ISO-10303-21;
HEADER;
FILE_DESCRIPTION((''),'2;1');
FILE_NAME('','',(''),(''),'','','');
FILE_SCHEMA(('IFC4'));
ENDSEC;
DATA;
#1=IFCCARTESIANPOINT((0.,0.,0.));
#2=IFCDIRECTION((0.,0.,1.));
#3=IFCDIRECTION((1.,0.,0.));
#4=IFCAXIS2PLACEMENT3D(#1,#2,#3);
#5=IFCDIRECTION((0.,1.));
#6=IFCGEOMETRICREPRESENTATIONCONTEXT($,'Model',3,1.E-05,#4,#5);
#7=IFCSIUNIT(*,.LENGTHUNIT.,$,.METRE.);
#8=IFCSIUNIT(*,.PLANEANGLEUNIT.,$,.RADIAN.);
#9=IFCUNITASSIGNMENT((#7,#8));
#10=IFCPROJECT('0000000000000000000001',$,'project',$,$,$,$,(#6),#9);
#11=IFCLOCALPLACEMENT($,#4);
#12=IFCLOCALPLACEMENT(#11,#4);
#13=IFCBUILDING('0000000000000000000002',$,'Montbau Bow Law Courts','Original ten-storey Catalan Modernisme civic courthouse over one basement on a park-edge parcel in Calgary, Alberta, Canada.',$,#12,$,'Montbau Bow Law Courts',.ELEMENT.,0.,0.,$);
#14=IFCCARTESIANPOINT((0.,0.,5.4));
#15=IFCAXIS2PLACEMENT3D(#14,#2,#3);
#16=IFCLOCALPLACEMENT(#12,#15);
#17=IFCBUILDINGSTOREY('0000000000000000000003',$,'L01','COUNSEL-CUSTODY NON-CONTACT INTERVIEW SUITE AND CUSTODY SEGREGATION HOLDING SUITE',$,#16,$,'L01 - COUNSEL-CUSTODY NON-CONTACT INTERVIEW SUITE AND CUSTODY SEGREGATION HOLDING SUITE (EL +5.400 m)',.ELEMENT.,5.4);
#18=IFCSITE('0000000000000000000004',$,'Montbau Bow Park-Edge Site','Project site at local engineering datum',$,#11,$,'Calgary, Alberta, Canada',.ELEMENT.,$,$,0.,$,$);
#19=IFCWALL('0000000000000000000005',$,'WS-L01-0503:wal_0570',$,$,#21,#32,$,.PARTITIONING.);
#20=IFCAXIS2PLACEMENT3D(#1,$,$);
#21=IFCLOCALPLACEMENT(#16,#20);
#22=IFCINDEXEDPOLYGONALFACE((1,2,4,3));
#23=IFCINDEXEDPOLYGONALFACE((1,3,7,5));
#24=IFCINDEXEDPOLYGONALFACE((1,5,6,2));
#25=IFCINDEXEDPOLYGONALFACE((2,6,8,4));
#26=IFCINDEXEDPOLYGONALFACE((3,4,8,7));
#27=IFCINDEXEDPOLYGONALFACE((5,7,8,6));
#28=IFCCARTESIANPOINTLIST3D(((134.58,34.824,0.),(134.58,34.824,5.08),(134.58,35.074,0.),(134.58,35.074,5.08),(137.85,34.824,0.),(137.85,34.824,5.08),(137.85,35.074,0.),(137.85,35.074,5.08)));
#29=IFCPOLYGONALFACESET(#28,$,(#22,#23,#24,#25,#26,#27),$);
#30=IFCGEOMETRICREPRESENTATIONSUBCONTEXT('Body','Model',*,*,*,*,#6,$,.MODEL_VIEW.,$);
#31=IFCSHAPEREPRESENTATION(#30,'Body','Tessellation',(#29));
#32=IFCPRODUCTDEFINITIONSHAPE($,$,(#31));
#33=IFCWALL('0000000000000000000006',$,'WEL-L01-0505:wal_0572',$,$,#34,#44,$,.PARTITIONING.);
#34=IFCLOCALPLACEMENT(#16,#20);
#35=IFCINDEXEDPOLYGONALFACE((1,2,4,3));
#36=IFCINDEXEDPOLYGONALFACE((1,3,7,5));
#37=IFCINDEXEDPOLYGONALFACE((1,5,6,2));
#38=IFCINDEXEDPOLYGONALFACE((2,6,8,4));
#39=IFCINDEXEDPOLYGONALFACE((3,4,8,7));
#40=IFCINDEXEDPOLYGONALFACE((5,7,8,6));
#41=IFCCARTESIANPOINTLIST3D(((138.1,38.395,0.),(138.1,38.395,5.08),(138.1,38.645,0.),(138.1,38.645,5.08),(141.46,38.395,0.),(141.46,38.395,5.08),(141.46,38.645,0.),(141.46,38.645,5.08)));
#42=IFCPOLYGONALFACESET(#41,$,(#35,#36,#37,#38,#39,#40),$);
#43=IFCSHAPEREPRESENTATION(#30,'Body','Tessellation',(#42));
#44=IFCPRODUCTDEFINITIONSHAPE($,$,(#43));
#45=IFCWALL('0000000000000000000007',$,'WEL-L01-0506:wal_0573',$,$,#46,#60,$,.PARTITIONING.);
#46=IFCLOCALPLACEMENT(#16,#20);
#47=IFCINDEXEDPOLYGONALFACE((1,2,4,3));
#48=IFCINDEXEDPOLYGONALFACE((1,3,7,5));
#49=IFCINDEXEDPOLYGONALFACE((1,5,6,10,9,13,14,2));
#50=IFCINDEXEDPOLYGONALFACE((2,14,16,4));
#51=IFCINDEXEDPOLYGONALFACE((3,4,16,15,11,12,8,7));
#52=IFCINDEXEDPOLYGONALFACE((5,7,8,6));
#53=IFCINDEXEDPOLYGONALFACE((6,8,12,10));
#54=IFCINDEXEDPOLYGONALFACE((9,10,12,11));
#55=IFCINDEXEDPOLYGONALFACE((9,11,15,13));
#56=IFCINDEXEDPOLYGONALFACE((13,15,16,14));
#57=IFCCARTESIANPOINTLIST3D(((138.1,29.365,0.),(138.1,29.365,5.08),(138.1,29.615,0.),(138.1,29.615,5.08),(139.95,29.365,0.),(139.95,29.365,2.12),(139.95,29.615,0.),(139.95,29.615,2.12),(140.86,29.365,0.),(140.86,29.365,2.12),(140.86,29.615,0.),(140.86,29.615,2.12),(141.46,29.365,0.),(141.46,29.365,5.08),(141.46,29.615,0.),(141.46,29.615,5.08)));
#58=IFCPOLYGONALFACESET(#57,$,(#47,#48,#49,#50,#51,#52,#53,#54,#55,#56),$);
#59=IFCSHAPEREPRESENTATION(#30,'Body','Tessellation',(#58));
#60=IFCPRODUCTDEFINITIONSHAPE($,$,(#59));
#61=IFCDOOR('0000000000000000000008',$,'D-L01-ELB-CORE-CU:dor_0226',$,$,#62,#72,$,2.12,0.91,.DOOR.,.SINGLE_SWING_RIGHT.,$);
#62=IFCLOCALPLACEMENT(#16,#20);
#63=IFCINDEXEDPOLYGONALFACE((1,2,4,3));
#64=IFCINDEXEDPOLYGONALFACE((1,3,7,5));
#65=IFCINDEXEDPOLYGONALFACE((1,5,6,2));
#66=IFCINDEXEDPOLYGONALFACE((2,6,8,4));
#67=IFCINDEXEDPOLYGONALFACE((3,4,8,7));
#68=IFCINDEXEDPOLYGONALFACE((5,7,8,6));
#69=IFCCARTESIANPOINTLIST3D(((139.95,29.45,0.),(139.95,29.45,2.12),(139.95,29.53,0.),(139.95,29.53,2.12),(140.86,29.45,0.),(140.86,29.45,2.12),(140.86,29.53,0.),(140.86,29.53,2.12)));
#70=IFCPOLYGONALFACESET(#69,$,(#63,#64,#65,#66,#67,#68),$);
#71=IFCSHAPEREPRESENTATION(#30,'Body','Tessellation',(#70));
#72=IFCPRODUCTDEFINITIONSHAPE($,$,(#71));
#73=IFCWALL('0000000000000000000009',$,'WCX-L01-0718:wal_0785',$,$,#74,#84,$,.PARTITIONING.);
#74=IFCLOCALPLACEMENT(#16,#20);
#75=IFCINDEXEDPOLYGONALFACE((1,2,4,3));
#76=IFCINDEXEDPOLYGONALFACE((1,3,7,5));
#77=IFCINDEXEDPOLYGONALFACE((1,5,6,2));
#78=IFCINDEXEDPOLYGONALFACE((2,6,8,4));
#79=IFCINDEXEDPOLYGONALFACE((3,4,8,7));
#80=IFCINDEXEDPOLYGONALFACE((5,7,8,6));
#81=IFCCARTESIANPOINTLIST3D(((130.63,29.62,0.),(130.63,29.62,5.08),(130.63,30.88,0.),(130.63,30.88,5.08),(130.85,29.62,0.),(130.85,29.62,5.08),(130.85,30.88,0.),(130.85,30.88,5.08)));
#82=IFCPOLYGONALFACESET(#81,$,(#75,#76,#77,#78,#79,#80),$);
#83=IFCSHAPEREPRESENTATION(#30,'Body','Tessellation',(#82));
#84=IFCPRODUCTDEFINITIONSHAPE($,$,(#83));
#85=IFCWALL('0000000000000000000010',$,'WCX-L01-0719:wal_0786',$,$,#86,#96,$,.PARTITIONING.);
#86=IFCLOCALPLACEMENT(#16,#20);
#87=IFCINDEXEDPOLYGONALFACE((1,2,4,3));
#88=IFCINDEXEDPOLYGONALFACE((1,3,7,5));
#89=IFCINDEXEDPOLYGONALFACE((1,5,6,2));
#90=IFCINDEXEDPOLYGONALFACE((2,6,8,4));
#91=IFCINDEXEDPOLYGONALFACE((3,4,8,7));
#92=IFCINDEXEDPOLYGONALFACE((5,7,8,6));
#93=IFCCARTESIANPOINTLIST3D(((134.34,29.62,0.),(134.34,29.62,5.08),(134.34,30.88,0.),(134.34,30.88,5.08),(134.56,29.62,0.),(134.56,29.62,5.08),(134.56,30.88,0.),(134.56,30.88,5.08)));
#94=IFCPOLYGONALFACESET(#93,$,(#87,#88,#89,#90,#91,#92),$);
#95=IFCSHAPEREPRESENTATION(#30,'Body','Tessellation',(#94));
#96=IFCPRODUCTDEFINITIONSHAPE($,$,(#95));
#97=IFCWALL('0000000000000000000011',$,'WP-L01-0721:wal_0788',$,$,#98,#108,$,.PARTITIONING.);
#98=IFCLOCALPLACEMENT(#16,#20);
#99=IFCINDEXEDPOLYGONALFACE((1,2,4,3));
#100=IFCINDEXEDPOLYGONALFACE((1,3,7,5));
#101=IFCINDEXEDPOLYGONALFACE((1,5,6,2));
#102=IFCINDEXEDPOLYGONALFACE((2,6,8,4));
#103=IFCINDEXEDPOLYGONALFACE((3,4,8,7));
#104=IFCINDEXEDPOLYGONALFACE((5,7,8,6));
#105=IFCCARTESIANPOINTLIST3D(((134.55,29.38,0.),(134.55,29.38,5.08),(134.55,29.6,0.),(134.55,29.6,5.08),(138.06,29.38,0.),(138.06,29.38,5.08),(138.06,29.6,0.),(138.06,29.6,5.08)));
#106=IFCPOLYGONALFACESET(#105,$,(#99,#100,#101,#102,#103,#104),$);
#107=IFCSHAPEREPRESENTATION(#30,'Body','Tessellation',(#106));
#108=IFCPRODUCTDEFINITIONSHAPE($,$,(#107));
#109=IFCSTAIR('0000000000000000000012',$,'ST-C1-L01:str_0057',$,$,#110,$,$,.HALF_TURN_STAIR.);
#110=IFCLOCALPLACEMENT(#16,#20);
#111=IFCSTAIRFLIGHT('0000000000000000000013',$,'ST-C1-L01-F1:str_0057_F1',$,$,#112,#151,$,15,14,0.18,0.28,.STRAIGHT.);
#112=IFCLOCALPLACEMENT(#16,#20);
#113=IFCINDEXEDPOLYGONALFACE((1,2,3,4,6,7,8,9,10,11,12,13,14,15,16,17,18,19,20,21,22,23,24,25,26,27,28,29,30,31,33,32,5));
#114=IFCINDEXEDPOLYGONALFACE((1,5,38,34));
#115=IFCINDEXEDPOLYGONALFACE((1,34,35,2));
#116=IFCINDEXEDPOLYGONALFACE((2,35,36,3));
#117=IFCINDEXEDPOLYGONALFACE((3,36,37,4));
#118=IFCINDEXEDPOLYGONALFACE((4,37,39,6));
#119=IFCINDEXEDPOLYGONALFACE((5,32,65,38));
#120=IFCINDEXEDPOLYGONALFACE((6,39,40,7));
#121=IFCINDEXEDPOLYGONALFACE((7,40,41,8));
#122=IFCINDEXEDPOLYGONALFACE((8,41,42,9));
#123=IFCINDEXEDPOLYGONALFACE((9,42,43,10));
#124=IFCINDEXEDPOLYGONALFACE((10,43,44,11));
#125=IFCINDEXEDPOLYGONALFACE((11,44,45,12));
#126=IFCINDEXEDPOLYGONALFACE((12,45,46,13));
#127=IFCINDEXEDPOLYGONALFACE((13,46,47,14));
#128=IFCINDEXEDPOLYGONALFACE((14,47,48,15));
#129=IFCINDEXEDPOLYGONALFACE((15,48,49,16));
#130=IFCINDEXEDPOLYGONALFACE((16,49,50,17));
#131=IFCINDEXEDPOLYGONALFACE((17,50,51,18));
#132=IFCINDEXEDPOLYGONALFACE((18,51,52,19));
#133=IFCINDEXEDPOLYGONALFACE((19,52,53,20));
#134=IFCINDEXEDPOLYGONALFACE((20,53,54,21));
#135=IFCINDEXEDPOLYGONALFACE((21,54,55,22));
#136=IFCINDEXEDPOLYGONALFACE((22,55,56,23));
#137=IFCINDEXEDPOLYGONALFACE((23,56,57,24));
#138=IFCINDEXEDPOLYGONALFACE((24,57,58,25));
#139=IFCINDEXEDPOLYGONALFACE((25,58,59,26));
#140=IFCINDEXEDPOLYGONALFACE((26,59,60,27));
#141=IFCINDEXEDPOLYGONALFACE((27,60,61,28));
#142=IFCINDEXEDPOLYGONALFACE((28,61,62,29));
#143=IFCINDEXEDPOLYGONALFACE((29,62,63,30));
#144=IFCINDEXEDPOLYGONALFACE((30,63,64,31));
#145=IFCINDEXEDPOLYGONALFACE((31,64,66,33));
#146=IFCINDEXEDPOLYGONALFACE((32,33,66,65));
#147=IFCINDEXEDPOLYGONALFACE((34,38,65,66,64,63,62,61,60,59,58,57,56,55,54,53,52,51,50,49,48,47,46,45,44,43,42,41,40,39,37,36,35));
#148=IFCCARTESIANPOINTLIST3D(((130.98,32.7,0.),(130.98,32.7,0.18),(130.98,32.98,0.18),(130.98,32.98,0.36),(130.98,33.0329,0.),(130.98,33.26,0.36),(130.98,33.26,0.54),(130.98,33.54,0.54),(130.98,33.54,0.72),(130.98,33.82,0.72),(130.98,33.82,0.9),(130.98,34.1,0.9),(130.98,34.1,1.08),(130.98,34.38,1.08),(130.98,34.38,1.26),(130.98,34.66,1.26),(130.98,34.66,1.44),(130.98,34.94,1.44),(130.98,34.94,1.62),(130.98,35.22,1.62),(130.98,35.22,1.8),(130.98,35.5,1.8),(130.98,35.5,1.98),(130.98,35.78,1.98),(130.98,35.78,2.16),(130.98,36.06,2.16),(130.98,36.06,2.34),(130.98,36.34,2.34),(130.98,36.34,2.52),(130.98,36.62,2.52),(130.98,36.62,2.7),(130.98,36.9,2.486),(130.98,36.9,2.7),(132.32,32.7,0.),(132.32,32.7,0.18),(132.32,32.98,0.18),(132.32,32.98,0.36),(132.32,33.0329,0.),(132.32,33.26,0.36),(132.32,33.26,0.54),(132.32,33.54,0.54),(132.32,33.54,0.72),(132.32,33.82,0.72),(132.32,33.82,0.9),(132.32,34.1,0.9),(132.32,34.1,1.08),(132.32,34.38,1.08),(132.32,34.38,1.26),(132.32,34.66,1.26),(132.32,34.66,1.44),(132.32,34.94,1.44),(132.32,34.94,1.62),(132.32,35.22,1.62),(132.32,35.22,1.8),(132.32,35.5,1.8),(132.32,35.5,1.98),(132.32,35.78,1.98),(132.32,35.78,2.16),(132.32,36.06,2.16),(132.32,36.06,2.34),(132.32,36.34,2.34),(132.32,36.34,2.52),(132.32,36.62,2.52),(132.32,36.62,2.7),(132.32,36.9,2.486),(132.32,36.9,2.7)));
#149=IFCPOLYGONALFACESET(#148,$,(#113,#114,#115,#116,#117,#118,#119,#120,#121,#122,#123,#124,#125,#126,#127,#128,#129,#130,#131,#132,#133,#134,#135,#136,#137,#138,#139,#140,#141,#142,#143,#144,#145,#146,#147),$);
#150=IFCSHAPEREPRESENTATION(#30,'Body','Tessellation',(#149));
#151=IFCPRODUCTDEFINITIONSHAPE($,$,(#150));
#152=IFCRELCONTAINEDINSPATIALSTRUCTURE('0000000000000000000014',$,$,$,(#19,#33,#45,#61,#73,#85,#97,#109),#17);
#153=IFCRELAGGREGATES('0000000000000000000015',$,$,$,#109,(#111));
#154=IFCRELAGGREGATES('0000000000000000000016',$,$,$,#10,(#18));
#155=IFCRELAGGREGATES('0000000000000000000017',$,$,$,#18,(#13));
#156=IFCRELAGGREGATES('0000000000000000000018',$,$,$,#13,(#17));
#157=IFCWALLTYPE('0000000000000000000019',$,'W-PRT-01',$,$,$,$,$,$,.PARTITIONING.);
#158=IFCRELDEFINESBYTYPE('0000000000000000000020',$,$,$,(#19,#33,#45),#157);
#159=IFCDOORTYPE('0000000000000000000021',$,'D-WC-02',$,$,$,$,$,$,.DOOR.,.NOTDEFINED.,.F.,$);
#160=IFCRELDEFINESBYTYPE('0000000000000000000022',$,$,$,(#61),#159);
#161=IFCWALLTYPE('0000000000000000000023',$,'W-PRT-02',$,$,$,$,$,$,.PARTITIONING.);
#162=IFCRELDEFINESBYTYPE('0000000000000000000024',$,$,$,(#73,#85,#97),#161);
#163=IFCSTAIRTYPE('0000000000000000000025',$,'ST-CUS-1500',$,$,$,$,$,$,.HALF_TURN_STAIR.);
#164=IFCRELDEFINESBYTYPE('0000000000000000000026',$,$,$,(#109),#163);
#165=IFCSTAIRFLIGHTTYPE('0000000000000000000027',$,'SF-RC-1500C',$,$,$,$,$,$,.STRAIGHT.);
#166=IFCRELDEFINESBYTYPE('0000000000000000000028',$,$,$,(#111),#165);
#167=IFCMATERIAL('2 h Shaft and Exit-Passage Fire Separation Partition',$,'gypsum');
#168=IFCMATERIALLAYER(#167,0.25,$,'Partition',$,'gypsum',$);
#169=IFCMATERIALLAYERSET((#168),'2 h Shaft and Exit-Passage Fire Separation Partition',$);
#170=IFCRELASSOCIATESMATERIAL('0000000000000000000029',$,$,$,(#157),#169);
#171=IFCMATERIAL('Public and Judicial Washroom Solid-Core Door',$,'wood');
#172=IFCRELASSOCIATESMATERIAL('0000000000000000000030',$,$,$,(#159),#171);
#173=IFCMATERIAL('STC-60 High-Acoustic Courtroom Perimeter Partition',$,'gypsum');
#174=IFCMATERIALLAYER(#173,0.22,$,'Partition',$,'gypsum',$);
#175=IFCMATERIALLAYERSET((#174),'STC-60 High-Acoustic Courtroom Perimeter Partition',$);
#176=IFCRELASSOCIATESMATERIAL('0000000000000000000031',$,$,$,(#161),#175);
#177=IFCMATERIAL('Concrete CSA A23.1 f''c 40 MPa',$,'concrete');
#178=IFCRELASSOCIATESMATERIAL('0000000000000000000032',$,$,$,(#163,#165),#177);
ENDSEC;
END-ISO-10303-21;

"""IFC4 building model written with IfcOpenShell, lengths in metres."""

from ifc_helpers import new_model, si_unit, direction, frame, frame_2d, origin_with_axes, place, context, subcontext, project, spatial, polyline, rectangle, outline, extrude, material, layer, layer_set, type_object, element, fill, aggregate, save


model = new_model("IFC4")

# Units and contexts
model_context = context("Model", 3, precision=1e-05, world=origin_with_axes(), true_north=direction((0.0, 1.0)))
body_context = subcontext(model_context, "Body", "Model", "MODEL_VIEW")
ifc_project = project(units=[si_unit("LENGTHUNIT", "METRE"), si_unit("PLANEANGLEUNIT", "RADIAN")], contexts=[model_context])

# Site, building, storey
site_placement = place(None, origin_with_axes())
site = spatial("IfcSite", under=ifc_project, at=site_placement, Name="Montbau Bow Park-Edge Site", Description="Project site at local engineering datum", LongName="Calgary, Alberta, Canada", CompositionType="ELEMENT", RefElevation=0.0)
building_placement = place(site_placement, origin_with_axes())
building = spatial("IfcBuilding", under=site, at=building_placement, Name="Montbau Bow Law Courts", Description="Original ten-storey Catalan Modernisme civic courthouse over one basement on a park-edge parcel in Calgary, Alberta, Canada.", LongName="Montbau Bow Law Courts", CompositionType="ELEMENT", ElevationOfRefHeight=0.0, ElevationOfTerrain=0.0)
storey_placement = place(building_placement, frame((0.0, 0.0, 5.4), z_axis=(0.0, 0.0, 1.0), x_axis=(1.0, 0.0, 0.0)))
storey = spatial("IfcBuildingStorey", under=building, at=storey_placement, Name="L01", Description="COUNSEL-CUSTODY NON-CONTACT INTERVIEW SUITE AND CUSTODY SEGREGATION HOLDING SUITE", LongName="L01 - COUNSEL-CUSTODY NON-CONTACT INTERVIEW SUITE AND CUSTODY SEGREGATION HOLDING SUITE (EL +5.400 m)", CompositionType="ELEMENT", Elevation=5.4)

# Walls
ifc_material_1 = material(Name="2 h Shaft and Exit-Passage Fire Separation Partition", Category="gypsum")
ifc_layer_1 = layer(ifc_material_1, 0.25, Name="Partition", Category="gypsum")
ifc_layer_set_1 = layer_set([ifc_layer_1], Name="2 h Shaft and Exit-Passage Fire Separation Partition")
wall_type_1 = type_object("IfcWallType", Name="W-PRT-01", PredefinedType="PARTITIONING", material=ifc_layer_set_1)
wall_1_placement = place(None, frame((134.58, 34.949, 5.4), z_axis=(0.0, 0.0, 1.0), x_axis=(1.0, 0.0, 0.0)))
element("IfcWall", 1, at=wall_1_placement, inside=storey, type_object=wall_type_1, Name="WS-L01-0503:wal_0570", PredefinedType="PARTITIONING", context=body_context, shape_type="SweptSolid", body=[
    extrude(rectangle(XDim=3.27, YDim=0.25, at=frame_2d((1.635, 0.0), x_axis=(1.0, 0.0))), origin_with_axes(), (0.0, 0.0, 1.0), 5.08),
])
wall_2_placement = place(None, frame((138.1, 38.52, 5.4), z_axis=(0.0, 0.0, 1.0), x_axis=(1.0, 0.0, 0.0)))
element("IfcWall", 2, at=wall_2_placement, inside=storey, type_object=wall_type_1, Name="WEL-L01-0505:wal_0572", PredefinedType="PARTITIONING", context=body_context, shape_type="SweptSolid", body=[
    extrude(rectangle(XDim=3.36, YDim=0.25, at=frame_2d((1.68, 0.0), x_axis=(1.0, 0.0))), origin_with_axes(), (0.0, 0.0, 1.0), 5.08),
])

# Wall, opening, door
wall_3_placement = place(None, frame((138.1, 29.49, 5.4), z_axis=(0.0, 0.0, 1.0), x_axis=(1.0, 0.0, 0.0)))
wall_3 = element("IfcWall", 3, at=wall_3_placement, inside=storey, type_object=wall_type_1, Name="WEL-L01-0506:wal_0573", PredefinedType="PARTITIONING", context=body_context, shape_type="SweptSolid", body=[
    extrude(rectangle(XDim=3.36, YDim=0.25, at=frame_2d((1.68, 0.0), x_axis=(1.0, 0.0))), origin_with_axes(), (0.0, 0.0, 1.0), 5.08),
])
opening_1_placement = place(None, frame((140.405, 29.49, 5.4), z_axis=(0.0, 0.0, 1.0), x_axis=(1.0, 0.0, 0.0)))
opening_1 = element("IfcOpeningElement", 4, at=opening_1_placement, cuts=wall_3, PredefinedType="OPENING", context=body_context, shape_type="SweptSolid", body=[
    extrude(rectangle(XDim=0.91, YDim=2.12, at=frame_2d((0.0, 1.06), x_axis=(1.0, 0.0))), frame((0.0, 0.135, 0.0), z_axis=(0.0, -1.0, 0.0), x_axis=(1.0, 0.0, 0.0)), (0.0, 0.0, 1.0), 0.27),
])
ifc_material_2 = material(Name="Public and Judicial Washroom Solid-Core Door", Category="wood")
door_type_1 = type_object("IfcDoorType", Name="D-WC-02", OperationType="NOTDEFINED", ParameterTakesPrecedence=False, PredefinedType="DOOR", material=ifc_material_2)
door_1_placement = place(None, frame((140.405, 29.49, 5.4), z_axis=(0.0, 0.0, 1.0), x_axis=(1.0, 0.0, 0.0)))
door_1 = element("IfcDoor", 5, at=door_1_placement, inside=storey, type_object=door_type_1, Name="D-L01-ELB-CORE-CU:dor_0226", OperationType="SINGLE_SWING_RIGHT", OverallHeight=2.12, OverallWidth=0.91, PredefinedType="DOOR", context=body_context, shape_type="SweptSolid", body=[
    extrude(rectangle(XDim=0.91, YDim=2.12, at=frame_2d((0.0, 1.06), x_axis=(1.0, 0.0))), frame((0.0, 0.04, 0.0), z_axis=(0.0, -1.0, 0.0), x_axis=(1.0, 0.0, 0.0)), (0.0, 0.0, 1.0), 0.08),
])
fill(opening_1, door_1)

# Walls
ifc_material_3 = material(Name="STC-60 High-Acoustic Courtroom Perimeter Partition", Category="gypsum")
ifc_layer_2 = layer(ifc_material_3, 0.22, Name="Partition", Category="gypsum")
ifc_layer_set_2 = layer_set([ifc_layer_2], Name="STC-60 High-Acoustic Courtroom Perimeter Partition")
wall_type_2 = type_object("IfcWallType", Name="W-PRT-02", PredefinedType="PARTITIONING", material=ifc_layer_set_2)
for number, where, z_axis, x_axis, name in (
    (6, (130.74, 29.62, 5.4), (0.0, 0.0, 1.0), (0.0, 1.0, 0.0), "WCX-L01-0718:wal_0785"),
    (7, (134.45, 29.62, 5.4), (0.0, 0.0, 1.0), (0.0, 1.0, 0.0), "WCX-L01-0719:wal_0786"),
):
    element("IfcWall", number, at=place(None, frame(where, z_axis=z_axis, x_axis=x_axis)), inside=storey, type_object=wall_type_2, Name=name, PredefinedType="PARTITIONING", context=body_context, shape_type="SweptSolid", body=[
        extrude(rectangle(XDim=1.26, YDim=0.22, at=frame_2d((0.63, 0.0), x_axis=(1.0, 0.0))), origin_with_axes(), (0.0, 0.0, 1.0), 5.08),
    ])
wall_4_placement = place(None, frame((134.55, 29.49, 5.4), z_axis=(0.0, 0.0, 1.0), x_axis=(1.0, 0.0, 0.0)))
element("IfcWall", 8, at=wall_4_placement, inside=storey, type_object=wall_type_2, Name="WP-L01-0721:wal_0788", PredefinedType="PARTITIONING", context=body_context, shape_type="SweptSolid", body=[
    extrude(rectangle(XDim=3.51, YDim=0.22, at=frame_2d((1.755, 0.0), x_axis=(1.0, 0.0))), origin_with_axes(), (0.0, 0.0, 1.0), 5.08),
])

# Stair, stair flight
ifc_material_4 = material(Name="Concrete CSA A23.1 f'c 40 MPa", Category="concrete")
stair_type = type_object("IfcStairType", Name="ST-CUS-1500", PredefinedType="HALF_TURN_STAIR", material=ifc_material_4)
stair_placement = place(None, frame((131.65, 32.7, 5.4), z_axis=(0.0, 0.0, 1.0), x_axis=(1.0, 0.0, 0.0)))
stair = element("IfcStair", 9, at=stair_placement, inside=storey, type_object=stair_type, Name="ST-C1-L01:str_0057", PredefinedType="HALF_TURN_STAIR")
stair_flight_type = type_object("IfcStairFlightType", Name="SF-RC-1500C", PredefinedType="STRAIGHT", material=ifc_material_4)
stair_flight_1_placement = place(None, frame((131.65, 32.7, 5.4), z_axis=(0.0, 0.0, 1.0), x_axis=(0.0, 1.0, 0.0)))
stair_flight_1 = element("IfcStairFlight", 10, at=stair_flight_1_placement, type_object=stair_flight_type, Name="ST-C1-L01-F1:str_0057_F1", NumberOfRisers=15, NumberOfTreads=14, PredefinedType="STRAIGHT", RiserHeight=0.18, TreadLength=0.28, context=body_context, shape_type="SweptSolid", body=[
    extrude(outline(polyline([(0.0, 0.0), (0.0, 0.18), (0.28, 0.18), (0.28, 0.36), (0.56, 0.36), (0.56, 0.54), (0.84, 0.54), (0.84, 0.72), (1.12, 0.72), (1.12, 0.9), (1.4, 0.9), (1.4, 1.08), (1.68, 1.08), (1.68, 1.26), (1.96, 1.26), (1.96, 1.44), (2.24, 1.44), (2.24, 1.62), (2.52, 1.62), (2.52, 1.8), (2.8, 1.8), (2.8, 1.98), (3.08, 1.98), (3.08, 2.16), (3.36, 2.16), (3.36, 2.34), (3.64, 2.34), (3.64, 2.52), (3.92, 2.52), (3.92, 2.7), (4.2, 2.7), (4.2, 2.486), (0.3329, 0.0), (0.0, 0.0)])), frame((0.0, 0.67, 0.0), z_axis=(0.0, -1.0, 0.0), x_axis=(1.0, 0.0, 0.0)), (0.0, 0.0, 1.0), 1.34),
])
aggregate(stair, [stair_flight_1])

save(model, "model.ifc")
